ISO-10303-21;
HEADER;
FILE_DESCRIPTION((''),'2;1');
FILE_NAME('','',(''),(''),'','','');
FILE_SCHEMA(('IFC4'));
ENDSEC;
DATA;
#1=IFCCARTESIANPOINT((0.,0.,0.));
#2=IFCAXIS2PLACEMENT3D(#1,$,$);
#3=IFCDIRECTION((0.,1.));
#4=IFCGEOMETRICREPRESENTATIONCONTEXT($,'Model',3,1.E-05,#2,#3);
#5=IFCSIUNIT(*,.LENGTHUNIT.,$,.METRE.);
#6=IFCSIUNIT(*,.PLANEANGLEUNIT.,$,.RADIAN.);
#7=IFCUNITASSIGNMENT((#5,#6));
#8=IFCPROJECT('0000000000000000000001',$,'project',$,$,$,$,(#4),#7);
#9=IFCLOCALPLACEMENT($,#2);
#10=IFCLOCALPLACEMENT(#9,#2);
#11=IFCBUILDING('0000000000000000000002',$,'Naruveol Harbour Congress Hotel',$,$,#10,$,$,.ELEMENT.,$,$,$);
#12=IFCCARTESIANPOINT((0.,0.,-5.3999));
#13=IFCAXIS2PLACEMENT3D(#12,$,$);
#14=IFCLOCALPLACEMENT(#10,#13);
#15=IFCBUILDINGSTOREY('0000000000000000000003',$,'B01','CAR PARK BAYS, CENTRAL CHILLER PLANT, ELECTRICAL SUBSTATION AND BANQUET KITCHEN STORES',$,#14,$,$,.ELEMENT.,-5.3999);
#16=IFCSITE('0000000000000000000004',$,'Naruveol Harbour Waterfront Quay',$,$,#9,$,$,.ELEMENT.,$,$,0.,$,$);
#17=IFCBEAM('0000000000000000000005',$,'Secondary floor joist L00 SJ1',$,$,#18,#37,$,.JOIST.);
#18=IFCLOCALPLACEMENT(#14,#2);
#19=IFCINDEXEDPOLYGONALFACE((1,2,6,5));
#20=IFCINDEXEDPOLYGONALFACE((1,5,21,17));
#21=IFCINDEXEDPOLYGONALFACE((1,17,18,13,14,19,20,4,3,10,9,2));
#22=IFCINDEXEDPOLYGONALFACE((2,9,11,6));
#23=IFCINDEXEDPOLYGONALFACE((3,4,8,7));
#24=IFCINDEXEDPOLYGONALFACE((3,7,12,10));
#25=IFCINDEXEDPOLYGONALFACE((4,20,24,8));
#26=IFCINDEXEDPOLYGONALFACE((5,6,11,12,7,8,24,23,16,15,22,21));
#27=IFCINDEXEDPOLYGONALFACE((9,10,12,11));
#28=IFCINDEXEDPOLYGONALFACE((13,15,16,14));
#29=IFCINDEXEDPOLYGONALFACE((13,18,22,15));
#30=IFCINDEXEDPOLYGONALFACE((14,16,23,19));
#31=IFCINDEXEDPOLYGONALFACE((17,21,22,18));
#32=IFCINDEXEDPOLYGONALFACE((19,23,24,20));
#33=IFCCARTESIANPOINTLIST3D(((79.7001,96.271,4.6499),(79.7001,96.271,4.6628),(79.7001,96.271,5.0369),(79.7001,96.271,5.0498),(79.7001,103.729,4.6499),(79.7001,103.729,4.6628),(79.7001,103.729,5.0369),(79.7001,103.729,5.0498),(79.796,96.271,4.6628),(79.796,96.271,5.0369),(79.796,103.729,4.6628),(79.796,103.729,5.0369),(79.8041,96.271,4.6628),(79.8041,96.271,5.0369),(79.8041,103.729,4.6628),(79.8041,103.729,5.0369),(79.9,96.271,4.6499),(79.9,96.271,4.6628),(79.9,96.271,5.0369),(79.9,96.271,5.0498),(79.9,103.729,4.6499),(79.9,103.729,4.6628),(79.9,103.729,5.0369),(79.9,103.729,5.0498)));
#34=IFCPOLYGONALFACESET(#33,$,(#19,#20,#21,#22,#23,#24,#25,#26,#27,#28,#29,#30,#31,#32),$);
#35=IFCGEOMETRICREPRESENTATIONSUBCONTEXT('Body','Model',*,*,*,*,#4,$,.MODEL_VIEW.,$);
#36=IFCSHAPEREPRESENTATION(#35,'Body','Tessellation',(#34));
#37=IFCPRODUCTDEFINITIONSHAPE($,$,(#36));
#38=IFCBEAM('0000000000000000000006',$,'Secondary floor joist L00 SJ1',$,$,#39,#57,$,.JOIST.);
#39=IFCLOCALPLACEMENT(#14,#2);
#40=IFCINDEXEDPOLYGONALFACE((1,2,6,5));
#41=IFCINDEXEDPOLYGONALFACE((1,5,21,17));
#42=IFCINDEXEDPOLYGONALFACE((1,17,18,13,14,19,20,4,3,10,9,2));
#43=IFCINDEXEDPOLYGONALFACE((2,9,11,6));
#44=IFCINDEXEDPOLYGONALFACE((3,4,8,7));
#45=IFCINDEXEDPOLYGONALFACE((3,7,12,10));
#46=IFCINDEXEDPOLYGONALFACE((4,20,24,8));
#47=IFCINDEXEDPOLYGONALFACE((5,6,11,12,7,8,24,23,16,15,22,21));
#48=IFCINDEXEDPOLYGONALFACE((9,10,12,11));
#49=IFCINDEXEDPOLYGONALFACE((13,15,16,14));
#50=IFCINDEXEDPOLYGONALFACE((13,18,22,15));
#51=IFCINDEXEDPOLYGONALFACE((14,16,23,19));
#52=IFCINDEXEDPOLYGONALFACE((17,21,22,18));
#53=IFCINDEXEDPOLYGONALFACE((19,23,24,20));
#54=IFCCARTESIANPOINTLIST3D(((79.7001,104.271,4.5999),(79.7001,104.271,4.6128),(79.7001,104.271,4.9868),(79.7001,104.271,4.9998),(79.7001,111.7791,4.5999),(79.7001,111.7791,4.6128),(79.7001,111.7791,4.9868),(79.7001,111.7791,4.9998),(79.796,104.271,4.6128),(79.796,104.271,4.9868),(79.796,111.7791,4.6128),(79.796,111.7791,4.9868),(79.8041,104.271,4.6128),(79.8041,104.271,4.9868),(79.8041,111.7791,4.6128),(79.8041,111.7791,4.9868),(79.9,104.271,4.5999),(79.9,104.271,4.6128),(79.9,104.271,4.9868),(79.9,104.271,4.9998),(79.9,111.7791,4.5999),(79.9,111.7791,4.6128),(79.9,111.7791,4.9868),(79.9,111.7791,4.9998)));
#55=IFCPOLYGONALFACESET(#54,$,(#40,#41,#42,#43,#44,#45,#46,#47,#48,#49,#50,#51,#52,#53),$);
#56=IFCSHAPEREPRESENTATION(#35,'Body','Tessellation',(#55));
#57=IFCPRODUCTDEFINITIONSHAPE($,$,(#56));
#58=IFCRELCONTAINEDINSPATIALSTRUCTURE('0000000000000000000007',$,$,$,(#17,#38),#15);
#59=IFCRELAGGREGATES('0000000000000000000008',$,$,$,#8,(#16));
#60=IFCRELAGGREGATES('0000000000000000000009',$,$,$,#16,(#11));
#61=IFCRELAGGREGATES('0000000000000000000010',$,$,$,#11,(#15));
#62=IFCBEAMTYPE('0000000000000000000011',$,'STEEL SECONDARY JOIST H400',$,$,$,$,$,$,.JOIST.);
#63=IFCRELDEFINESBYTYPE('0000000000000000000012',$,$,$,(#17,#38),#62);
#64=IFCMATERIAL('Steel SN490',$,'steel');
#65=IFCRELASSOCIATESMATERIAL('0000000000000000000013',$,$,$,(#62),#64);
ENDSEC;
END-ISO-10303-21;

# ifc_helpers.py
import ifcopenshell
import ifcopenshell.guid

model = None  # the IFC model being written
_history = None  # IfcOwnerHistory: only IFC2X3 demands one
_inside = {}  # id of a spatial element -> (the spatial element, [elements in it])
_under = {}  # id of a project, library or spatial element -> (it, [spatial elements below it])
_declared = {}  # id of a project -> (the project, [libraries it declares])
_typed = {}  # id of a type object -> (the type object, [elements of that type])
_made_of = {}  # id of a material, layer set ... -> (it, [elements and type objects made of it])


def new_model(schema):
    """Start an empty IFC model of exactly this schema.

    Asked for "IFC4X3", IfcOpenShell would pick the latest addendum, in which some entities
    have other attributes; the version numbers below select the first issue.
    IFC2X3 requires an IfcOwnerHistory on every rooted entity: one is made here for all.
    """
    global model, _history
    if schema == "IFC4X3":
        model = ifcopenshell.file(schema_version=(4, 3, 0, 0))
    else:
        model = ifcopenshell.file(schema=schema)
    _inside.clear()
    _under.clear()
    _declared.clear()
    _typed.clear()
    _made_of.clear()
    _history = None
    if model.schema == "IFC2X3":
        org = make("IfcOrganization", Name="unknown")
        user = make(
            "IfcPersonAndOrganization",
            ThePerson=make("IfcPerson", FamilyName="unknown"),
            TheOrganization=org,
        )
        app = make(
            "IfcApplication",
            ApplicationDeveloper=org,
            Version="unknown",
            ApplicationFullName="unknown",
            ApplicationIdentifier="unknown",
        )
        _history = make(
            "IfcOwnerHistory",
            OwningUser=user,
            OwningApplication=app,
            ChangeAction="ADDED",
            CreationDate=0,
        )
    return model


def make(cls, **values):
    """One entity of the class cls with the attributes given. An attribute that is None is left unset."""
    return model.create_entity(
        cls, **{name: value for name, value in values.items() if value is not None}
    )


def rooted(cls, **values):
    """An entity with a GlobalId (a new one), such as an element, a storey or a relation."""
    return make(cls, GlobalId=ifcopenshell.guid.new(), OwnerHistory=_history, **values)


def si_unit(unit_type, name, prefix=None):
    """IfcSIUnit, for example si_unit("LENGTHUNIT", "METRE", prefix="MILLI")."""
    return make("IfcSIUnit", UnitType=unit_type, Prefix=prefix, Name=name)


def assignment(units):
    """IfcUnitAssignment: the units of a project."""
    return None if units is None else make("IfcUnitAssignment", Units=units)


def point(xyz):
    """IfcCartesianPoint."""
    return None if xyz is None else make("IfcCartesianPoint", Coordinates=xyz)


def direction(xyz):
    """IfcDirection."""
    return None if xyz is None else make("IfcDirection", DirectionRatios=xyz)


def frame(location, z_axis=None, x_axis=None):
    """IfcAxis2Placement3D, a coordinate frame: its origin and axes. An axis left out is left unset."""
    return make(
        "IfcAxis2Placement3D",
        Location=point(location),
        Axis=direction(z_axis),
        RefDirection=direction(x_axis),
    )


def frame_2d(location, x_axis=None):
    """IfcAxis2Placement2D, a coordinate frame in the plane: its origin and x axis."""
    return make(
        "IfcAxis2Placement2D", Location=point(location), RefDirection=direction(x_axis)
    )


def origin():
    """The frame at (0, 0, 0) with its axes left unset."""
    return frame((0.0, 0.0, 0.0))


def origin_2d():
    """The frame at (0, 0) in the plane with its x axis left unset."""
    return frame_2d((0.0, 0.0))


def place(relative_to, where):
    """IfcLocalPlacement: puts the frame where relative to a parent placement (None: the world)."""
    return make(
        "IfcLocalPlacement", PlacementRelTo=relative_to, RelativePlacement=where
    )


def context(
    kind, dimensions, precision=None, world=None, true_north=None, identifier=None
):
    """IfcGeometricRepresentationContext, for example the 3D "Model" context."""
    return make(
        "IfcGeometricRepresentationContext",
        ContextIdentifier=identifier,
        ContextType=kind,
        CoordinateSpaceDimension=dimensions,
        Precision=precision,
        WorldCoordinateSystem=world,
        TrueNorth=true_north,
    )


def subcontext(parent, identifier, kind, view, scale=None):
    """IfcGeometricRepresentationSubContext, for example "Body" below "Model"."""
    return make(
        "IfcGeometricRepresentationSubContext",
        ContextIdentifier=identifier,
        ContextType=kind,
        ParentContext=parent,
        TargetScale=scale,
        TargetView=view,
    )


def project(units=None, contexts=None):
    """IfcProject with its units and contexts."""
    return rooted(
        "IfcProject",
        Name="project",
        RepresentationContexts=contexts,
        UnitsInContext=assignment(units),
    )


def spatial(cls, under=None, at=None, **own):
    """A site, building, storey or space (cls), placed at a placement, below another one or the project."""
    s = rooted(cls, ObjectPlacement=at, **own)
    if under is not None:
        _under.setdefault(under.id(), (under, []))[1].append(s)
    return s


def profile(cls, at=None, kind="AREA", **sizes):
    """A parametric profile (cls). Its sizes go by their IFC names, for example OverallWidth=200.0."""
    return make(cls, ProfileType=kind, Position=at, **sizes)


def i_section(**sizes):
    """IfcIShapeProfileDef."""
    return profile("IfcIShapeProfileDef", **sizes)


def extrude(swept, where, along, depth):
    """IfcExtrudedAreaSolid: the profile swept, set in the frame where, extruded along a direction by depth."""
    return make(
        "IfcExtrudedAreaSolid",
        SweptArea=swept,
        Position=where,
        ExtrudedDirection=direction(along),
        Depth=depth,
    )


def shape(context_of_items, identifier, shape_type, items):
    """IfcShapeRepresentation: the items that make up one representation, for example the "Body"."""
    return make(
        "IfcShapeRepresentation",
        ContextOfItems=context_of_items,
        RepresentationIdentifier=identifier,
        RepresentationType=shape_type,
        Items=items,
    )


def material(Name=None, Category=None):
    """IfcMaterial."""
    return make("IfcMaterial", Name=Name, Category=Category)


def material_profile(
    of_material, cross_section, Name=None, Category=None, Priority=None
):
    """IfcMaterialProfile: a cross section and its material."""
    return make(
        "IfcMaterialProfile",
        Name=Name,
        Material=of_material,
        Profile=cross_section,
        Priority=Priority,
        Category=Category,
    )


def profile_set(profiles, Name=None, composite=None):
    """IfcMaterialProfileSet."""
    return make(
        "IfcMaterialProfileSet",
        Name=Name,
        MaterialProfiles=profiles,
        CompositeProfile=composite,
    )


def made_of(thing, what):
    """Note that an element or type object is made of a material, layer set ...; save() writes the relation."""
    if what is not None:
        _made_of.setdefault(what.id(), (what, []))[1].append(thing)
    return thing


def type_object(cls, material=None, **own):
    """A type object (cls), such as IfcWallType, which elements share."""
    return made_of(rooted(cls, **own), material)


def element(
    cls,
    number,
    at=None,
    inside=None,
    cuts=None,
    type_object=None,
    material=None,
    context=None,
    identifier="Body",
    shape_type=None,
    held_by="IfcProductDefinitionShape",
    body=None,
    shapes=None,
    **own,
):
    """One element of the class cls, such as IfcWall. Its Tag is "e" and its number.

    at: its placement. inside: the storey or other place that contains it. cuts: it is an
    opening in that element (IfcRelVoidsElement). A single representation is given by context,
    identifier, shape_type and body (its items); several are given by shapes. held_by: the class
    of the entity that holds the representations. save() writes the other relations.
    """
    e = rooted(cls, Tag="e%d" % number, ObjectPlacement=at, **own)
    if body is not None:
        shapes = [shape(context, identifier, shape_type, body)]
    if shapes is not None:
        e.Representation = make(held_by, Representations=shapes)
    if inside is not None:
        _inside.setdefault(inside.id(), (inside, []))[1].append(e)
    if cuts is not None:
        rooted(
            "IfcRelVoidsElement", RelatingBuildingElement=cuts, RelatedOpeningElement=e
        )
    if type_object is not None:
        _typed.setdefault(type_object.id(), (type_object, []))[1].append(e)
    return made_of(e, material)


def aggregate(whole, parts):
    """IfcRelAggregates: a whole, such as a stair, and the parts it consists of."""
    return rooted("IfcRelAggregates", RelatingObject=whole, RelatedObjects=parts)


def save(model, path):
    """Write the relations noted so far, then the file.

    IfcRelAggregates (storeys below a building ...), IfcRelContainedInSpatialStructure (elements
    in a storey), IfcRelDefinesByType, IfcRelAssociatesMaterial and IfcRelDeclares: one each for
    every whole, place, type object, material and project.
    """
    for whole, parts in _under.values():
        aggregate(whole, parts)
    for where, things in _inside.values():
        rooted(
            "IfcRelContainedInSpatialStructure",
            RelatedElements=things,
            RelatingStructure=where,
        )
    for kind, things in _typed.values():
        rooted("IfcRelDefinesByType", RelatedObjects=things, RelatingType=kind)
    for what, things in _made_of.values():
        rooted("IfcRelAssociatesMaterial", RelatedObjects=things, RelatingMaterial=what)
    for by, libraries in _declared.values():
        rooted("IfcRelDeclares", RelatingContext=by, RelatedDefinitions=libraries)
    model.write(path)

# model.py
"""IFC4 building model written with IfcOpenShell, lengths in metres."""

from ifc_helpers import new_model, si_unit, direction, frame, origin, origin_2d, place, context, subcontext, project, spatial, i_section, extrude, material, material_profile, profile_set, type_object, element, save


model = new_model("IFC4")

# Units and contexts
model_context = context("Model", 3, precision=1e-05, world=origin(), true_north=direction((0.0, 1.0)))
body_context = subcontext(model_context, "Body", "Model", "MODEL_VIEW")
ifc_project = project(units=[si_unit("LENGTHUNIT", "METRE"), si_unit("PLANEANGLEUNIT", "RADIAN")], contexts=[model_context])

# Site, building, storey
site_placement = place(None, origin())
site = spatial("IfcSite", under=ifc_project, at=site_placement, Name="Naruveol Harbour Waterfront Quay", CompositionType="ELEMENT", RefElevation=0.0)
building_placement = place(site_placement, origin())
building = spatial("IfcBuilding", under=site, at=building_placement, Name="Naruveol Harbour Congress Hotel", CompositionType="ELEMENT")
storey_placement = place(building_placement, frame((0.0, 0.0, -5.3999)))
storey = spatial("IfcBuildingStorey", under=building, at=storey_placement, Name="B01", Description="CAR PARK BAYS, CENTRAL CHILLER PLANT, ELECTRICAL SUBSTATION AND BANQUET KITCHEN STORES", CompositionType="ELEMENT", Elevation=-5.3999)

# Beams
ifc_material_1 = material(Name="Steel SN490", Category="steel")
ifc_material_profile_1 = material_profile(ifc_material_1, i_section(OverallWidth=0.2, OverallDepth=0.3999, WebThickness=0.0081, FlangeThickness=0.0129, at=origin_2d()), Name="H-400x200x8x13")
ifc_profile_set_1 = profile_set([ifc_material_profile_1], Name="Steel SN490")
beam_type_1 = type_object("IfcBeamType", Name="STEEL SECONDARY JOIST H400", PredefinedType="JOIST", material=ifc_profile_set_1)
beam_1_placement = place(storey_placement, frame((79.8, 96.271, 4.8499), z_axis=(0.0, 1.0, 0.0), x_axis=(-1.0, 0.0, 0.0)))
element("IfcBeam", 1, at=beam_1_placement, inside=storey, type_object=beam_type_1, Name="Secondary floor joist L00 SJ1", PredefinedType="JOIST", context=body_context, shape_type="SweptSolid", body=[
    extrude(i_section(OverallWidth=0.2, OverallDepth=0.3999, WebThickness=0.0081, FlangeThickness=0.0129, at=origin_2d()), origin(), (0.0, 0.0, 1.0), 7.458),
])
beam_2_placement = place(storey_placement, frame((79.8, 104.271, 4.7998), z_axis=(0.0, 1.0, 0.0), x_axis=(-1.0, 0.0, 0.0)))
element("IfcBeam", 2, at=beam_2_placement, inside=storey, type_object=beam_type_1, Name="Secondary floor joist L00 SJ1", PredefinedType="JOIST", context=body_context, shape_type="SweptSolid", body=[
    extrude(i_section(OverallWidth=0.2, OverallDepth=0.3999, WebThickness=0.0081, FlangeThickness=0.0129, at=origin_2d()), origin(), (0.0, 0.0, 1.0), 7.5081),
])

save(model, "model.ifc")
